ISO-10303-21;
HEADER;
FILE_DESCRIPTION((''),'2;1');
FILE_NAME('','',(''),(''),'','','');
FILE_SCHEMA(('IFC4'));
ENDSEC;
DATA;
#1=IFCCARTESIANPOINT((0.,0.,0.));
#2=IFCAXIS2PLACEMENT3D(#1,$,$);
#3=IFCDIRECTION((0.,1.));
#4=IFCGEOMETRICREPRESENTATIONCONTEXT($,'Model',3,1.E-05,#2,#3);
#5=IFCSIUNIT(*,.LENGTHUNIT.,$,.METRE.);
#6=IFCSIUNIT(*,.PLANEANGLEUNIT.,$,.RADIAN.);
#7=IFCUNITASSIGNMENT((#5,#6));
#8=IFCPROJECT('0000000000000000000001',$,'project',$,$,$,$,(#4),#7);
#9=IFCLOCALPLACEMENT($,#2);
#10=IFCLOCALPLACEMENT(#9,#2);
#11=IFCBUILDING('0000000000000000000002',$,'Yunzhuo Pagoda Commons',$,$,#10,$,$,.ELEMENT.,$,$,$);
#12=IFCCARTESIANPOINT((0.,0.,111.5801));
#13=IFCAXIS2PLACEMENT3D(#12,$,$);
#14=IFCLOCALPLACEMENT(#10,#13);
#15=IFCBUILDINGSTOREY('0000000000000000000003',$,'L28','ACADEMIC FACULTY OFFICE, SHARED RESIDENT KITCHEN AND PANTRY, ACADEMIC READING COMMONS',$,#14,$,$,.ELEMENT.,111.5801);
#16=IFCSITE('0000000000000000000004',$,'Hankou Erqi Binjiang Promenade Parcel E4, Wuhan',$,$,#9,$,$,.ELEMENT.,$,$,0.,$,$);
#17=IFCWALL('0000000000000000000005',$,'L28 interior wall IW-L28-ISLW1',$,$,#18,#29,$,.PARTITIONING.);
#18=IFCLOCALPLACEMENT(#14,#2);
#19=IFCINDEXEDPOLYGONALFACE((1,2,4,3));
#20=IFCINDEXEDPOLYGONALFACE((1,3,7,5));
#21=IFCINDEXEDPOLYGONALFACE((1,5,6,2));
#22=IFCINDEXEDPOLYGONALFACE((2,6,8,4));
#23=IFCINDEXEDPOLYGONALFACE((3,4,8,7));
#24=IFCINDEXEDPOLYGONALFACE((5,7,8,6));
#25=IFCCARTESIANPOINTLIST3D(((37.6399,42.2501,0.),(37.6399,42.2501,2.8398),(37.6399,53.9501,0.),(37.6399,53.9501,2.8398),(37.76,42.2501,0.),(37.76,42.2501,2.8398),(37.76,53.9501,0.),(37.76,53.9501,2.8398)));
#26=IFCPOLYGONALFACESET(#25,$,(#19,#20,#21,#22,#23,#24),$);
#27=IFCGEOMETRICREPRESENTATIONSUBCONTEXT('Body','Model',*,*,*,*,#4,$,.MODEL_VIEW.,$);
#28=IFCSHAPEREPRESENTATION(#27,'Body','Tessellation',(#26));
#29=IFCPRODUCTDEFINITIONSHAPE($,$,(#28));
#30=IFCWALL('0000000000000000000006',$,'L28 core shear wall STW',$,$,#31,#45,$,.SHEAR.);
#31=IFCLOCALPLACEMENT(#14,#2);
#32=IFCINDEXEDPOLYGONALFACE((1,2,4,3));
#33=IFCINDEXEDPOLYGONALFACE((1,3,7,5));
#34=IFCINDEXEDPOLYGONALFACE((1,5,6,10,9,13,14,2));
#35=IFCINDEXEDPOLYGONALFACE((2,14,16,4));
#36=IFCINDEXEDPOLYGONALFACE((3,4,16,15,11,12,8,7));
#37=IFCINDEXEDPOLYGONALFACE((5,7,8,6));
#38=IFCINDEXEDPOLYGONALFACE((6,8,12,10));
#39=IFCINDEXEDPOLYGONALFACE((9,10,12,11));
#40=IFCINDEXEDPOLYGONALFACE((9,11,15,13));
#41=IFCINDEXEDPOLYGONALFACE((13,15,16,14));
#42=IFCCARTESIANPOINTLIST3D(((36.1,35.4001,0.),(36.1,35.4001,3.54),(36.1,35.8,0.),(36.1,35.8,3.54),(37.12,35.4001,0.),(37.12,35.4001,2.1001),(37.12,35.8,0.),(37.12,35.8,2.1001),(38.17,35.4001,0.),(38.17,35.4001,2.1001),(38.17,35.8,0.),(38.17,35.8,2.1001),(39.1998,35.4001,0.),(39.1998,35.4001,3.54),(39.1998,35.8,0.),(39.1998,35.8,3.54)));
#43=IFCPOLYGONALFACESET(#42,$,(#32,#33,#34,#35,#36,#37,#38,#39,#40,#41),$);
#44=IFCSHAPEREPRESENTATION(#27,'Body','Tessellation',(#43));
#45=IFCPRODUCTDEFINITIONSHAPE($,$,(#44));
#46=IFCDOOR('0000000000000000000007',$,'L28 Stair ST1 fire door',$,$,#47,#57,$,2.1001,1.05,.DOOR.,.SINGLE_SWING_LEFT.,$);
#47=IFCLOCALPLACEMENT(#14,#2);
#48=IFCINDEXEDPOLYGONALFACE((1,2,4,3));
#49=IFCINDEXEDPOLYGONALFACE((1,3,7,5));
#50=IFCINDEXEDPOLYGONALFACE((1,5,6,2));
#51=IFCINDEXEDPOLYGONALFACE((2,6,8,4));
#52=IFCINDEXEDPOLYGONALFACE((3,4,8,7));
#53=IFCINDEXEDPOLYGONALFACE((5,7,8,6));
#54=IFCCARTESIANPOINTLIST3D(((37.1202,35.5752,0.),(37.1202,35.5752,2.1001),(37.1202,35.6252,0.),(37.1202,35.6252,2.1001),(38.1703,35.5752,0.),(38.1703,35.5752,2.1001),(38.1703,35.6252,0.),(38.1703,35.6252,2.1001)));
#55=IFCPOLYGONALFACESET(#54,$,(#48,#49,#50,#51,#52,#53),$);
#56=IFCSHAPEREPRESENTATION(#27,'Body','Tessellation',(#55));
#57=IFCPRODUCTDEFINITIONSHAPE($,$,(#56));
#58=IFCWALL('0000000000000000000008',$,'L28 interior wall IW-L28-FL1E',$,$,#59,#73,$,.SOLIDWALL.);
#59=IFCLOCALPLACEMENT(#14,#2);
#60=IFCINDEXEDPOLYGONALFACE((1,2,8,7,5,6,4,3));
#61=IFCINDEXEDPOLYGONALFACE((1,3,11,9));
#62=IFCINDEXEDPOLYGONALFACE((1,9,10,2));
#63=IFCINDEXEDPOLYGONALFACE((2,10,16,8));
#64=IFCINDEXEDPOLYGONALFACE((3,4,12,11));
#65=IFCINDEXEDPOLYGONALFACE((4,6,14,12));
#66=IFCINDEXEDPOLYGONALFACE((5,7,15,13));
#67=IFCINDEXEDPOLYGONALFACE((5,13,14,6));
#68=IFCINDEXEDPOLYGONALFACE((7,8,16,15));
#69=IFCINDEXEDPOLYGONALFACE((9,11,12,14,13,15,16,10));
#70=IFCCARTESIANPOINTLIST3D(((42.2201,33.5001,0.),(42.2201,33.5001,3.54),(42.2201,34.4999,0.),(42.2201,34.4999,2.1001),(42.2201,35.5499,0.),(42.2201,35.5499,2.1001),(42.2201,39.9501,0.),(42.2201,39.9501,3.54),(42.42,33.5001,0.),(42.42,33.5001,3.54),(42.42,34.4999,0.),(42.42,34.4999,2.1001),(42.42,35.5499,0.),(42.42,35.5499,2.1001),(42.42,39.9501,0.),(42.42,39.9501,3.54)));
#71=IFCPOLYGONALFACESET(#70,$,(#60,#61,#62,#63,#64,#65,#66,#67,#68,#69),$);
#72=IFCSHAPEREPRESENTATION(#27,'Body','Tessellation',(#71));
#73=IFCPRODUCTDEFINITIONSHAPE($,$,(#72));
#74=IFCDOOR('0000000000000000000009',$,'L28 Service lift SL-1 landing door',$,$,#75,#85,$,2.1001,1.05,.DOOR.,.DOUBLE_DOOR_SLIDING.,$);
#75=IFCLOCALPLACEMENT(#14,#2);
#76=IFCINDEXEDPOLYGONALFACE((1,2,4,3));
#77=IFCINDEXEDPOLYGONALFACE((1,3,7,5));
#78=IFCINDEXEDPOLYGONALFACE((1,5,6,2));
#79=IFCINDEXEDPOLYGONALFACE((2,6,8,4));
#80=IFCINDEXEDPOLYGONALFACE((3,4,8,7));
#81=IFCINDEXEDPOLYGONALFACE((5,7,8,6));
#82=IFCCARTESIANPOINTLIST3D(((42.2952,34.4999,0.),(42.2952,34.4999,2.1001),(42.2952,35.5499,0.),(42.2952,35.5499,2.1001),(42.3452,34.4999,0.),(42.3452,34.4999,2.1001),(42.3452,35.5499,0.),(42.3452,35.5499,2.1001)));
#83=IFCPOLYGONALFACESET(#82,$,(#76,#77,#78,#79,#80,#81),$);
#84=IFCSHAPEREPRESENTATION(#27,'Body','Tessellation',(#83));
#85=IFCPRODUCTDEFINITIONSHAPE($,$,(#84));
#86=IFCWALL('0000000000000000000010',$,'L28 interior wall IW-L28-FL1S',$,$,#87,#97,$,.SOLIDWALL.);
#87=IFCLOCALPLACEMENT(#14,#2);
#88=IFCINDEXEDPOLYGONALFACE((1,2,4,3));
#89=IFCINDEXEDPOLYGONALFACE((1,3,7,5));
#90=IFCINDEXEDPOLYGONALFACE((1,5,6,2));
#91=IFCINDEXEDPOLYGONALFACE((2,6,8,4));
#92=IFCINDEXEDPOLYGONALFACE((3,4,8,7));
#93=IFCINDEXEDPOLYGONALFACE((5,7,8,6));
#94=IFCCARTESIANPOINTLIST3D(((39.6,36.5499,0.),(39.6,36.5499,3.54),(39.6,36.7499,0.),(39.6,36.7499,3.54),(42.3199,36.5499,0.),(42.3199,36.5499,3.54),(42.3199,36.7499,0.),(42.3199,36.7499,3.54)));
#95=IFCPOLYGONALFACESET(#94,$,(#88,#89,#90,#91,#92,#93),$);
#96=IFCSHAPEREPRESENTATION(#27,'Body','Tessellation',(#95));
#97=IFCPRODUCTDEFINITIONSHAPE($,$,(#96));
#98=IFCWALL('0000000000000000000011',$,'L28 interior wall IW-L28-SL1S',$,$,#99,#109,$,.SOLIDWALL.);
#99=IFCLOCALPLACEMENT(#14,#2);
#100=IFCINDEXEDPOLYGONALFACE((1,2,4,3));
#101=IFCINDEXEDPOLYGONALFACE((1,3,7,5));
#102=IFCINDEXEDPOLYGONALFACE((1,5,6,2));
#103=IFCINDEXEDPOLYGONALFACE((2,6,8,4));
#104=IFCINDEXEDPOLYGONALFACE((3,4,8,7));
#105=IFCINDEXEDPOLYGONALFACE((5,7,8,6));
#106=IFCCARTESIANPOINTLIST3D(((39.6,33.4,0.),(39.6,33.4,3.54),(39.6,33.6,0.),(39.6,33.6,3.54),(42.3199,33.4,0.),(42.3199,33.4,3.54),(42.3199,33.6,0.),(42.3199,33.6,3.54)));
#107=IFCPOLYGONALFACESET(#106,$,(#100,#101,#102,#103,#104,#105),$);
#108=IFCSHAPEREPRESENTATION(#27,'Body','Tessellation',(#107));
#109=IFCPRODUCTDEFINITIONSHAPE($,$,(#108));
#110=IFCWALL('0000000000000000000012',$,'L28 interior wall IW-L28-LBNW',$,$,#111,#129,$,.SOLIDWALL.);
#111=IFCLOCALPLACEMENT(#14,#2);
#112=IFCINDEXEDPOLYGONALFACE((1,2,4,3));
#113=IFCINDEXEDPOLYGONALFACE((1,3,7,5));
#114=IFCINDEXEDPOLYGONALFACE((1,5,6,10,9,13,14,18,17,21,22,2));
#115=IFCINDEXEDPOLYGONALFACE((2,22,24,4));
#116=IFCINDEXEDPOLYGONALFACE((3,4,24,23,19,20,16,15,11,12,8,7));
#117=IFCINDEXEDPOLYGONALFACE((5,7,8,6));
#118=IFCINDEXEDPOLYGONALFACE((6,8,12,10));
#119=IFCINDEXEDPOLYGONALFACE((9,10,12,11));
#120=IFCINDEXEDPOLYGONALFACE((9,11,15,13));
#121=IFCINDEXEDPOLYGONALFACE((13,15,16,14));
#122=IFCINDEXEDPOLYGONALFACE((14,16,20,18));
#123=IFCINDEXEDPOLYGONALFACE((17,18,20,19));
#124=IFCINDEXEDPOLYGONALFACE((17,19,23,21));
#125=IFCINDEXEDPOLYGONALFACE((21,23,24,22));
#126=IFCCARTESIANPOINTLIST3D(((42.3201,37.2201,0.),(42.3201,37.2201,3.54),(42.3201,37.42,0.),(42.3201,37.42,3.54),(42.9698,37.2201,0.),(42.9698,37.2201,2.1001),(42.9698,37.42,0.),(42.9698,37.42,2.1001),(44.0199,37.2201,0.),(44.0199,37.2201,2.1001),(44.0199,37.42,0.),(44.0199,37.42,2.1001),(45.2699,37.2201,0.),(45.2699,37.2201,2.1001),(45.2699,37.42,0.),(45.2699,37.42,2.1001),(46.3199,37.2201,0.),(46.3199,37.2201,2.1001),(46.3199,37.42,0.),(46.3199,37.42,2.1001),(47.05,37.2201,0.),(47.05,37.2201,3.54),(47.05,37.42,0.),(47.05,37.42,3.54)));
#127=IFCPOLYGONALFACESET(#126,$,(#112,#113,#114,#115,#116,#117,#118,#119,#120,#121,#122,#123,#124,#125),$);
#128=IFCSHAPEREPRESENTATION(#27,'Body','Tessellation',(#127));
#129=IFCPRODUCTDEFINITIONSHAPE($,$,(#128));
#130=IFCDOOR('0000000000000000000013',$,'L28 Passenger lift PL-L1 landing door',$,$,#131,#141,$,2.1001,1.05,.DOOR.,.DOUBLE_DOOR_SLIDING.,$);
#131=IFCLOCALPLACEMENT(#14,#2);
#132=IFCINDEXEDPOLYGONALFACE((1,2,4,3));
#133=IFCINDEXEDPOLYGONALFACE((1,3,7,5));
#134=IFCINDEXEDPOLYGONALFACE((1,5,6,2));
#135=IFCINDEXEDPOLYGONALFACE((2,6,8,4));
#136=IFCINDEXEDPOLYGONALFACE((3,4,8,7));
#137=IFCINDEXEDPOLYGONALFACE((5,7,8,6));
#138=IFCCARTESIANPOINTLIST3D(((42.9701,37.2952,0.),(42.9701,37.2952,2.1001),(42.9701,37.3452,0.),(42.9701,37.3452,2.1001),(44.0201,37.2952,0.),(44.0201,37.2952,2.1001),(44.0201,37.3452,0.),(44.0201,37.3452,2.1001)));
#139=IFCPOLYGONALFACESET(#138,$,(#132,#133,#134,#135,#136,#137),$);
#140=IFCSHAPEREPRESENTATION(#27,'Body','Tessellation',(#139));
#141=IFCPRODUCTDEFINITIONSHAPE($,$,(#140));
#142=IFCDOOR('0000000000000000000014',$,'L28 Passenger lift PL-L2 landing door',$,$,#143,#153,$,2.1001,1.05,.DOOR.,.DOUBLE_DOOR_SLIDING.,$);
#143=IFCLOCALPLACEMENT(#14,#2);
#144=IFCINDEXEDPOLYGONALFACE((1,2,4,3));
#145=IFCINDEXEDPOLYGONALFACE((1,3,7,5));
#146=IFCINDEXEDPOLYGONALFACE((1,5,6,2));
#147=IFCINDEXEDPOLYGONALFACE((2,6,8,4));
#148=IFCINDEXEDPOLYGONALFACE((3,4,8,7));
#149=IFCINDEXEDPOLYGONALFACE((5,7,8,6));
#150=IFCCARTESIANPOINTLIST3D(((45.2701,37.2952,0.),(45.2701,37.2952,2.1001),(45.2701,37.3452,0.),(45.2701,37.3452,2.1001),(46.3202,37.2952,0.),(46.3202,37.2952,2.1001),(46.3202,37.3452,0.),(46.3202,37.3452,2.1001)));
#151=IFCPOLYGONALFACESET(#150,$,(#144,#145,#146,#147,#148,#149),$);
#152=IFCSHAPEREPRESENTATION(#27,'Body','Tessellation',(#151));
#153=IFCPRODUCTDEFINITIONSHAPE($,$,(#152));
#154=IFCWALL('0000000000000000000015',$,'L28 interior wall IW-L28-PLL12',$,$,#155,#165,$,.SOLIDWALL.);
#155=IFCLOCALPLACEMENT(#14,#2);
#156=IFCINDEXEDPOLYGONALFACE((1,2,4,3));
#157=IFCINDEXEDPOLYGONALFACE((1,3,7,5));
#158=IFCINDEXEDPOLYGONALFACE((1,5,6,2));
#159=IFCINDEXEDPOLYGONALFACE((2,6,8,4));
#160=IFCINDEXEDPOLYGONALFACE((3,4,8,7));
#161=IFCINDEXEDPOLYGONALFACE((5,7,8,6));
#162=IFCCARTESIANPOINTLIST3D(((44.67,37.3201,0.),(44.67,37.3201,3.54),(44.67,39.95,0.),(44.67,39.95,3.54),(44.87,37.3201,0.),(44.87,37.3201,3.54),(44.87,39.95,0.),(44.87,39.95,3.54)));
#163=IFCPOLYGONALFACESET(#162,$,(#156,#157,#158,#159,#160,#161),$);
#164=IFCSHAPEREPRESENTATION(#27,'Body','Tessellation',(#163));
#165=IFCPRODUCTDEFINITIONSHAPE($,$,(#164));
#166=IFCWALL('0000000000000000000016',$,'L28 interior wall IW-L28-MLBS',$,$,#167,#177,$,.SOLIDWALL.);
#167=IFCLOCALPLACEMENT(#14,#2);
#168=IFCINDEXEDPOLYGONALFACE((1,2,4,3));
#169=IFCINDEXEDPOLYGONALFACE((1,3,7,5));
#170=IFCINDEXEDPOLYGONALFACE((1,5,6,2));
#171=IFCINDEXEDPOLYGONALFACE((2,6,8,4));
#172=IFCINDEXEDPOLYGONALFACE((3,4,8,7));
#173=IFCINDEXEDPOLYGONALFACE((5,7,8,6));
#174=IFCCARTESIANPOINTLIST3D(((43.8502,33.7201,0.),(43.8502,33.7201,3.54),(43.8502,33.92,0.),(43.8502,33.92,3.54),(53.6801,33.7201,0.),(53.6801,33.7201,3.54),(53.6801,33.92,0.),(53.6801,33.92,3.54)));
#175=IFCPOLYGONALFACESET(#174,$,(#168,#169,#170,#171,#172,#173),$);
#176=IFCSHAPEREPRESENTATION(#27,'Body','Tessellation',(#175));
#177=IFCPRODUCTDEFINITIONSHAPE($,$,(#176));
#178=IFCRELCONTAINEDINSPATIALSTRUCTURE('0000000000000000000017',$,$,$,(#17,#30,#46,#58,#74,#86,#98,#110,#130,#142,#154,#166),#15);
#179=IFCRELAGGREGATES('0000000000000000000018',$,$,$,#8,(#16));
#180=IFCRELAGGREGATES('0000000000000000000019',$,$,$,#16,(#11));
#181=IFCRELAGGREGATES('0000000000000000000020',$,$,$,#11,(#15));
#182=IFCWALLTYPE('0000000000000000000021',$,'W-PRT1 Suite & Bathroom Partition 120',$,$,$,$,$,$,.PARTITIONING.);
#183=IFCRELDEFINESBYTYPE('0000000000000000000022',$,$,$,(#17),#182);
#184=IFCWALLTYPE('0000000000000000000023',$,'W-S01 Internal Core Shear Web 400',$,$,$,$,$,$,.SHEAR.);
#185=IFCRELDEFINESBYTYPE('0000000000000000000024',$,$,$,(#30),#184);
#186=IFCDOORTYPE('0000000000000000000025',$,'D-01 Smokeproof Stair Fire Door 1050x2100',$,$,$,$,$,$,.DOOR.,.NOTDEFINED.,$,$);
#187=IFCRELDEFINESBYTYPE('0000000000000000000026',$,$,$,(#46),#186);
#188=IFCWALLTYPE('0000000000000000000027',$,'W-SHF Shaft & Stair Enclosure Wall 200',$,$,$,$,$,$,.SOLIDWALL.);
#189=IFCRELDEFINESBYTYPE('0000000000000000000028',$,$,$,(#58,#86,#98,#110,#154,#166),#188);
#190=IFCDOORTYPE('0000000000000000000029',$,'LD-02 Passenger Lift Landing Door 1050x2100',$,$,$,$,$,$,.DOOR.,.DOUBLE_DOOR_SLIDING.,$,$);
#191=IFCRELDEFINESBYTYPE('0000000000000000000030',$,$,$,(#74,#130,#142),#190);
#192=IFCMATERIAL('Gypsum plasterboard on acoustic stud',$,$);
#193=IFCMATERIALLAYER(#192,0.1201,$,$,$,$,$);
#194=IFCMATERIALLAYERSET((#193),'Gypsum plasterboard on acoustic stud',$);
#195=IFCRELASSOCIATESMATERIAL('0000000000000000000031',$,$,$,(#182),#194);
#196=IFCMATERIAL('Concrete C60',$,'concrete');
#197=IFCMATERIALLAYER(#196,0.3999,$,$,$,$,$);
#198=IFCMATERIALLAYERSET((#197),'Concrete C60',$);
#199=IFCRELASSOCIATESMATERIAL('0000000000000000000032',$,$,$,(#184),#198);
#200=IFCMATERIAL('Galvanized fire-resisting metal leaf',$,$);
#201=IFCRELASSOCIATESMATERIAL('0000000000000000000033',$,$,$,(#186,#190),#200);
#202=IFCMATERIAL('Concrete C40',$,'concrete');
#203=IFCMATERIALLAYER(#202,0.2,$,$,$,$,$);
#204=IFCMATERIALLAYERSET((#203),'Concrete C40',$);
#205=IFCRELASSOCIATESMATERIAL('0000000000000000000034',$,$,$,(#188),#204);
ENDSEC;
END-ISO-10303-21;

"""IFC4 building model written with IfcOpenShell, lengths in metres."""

from ifc_helpers import new_model, si_unit, direction, frame, frame_2d, origin, origin_with_axes, place, context, subcontext, project, spatial, rectangle, extrude, source, transform, mapped, material, layer, layer_set, type_object, element, fill, save


model = new_model("IFC4")

# Units and contexts
model_context = context("Model", 3, precision=1e-05, world=origin(), true_north=direction((0.0, 1.0)))
body_context = subcontext(model_context, "Body", "Model", "MODEL_VIEW")
ifc_project = project(units=[si_unit("LENGTHUNIT", "METRE"), si_unit("PLANEANGLEUNIT", "RADIAN")], contexts=[model_context])

# Site, building, storey
site_placement = place(None, origin())
site = spatial("IfcSite", under=ifc_project, at=site_placement, Name="Hankou Erqi Binjiang Promenade Parcel E4, Wuhan", CompositionType="ELEMENT", RefElevation=0.0)
building_placement = place(site_placement, origin())
building = spatial("IfcBuilding", under=site, at=building_placement, Name="Yunzhuo Pagoda Commons", CompositionType="ELEMENT")
storey_placement = place(building_placement, frame((0.0, 0.0, 111.5801)))
storey = spatial("IfcBuildingStorey", under=building, at=storey_placement, Name="L28", Description="ACADEMIC FACULTY OFFICE, SHARED RESIDENT KITCHEN AND PANTRY, ACADEMIC READING COMMONS", CompositionType="ELEMENT", Elevation=111.5801)

# Shared definitions
ifc_material_1 = material(Name="Concrete C60", Category="concrete")
ifc_material_2 = material(Name="Galvanized fire-resisting metal leaf")
shared_shape_1 = source(origin(), body_context, "Body", "SweptSolid", [
    extrude(rectangle(XDim=1.05, YDim=2.1001, at=frame_2d((0.5249, 1.05))), frame((0.0, 0.0249, 0.0), z_axis=(0.0, -1.0, 0.0), x_axis=(1.0, 0.0, 0.0)), (0.0, 0.0, 1.0), 0.05),
])

# Wall
ifc_material_3 = material(Name="Gypsum plasterboard on acoustic stud")
ifc_layer_1 = layer(ifc_material_3, 0.1201)
ifc_layer_set_1 = layer_set([ifc_layer_1], Name="Gypsum plasterboard on acoustic stud")
wall_type_1 = type_object("IfcWallType", Name="W-PRT1 Suite & Bathroom Partition 120", PredefinedType="PARTITIONING", material=ifc_layer_set_1)
wall_1_placement = place(storey_placement, frame((37.7, 42.25, 0.0), z_axis=(0.0, 0.0, 1.0), x_axis=(0.0, 1.0, 0.0)))
element("IfcWall", 1, at=wall_1_placement, inside=storey, type_object=wall_type_1, Name="L28 interior wall IW-L28-ISLW1", PredefinedType="PARTITIONING", context=body_context, shape_type="SweptSolid", body=[
    extrude(rectangle(XDim=11.7, YDim=0.1201, at=frame_2d((5.8501, 0.0))), origin(), (0.0, 0.0, 1.0), 2.8398),
])

# Walls, openings, doors
ifc_layer_2 = layer(ifc_material_1, 0.3999)
ifc_layer_set_2 = layer_set([ifc_layer_2], Name="Concrete C60")
wall_type_2 = type_object("IfcWallType", Name="W-S01 Internal Core Shear Web 400", PredefinedType="SHEAR", material=ifc_layer_set_2)
wall_2_placement = place(storey_placement, frame((36.1001, 35.6001, 0.0), z_axis=(0.0, 0.0, 1.0), x_axis=(1.0, 0.0, 0.0)))
wall_2 = element("IfcWall", 2, at=wall_2_placement, inside=storey, type_object=wall_type_2, Name="L28 core shear wall STW", PredefinedType="SHEAR", context=body_context, shape_type="SweptSolid", body=[
    extrude(rectangle(XDim=3.0999, YDim=0.3999, at=frame_2d((1.5498, 0.0))), origin(), (0.0, 0.0, 1.0), 3.54),
])
opening_1_placement = place(wall_2_placement, frame((1.02, 0.0, 0.0)))
opening_1 = element("IfcOpeningElement", 3, at=opening_1_placement, cuts=wall_2, PredefinedType="OPENING", context=body_context, shape_type="SweptSolid", body=[
    extrude(rectangle(XDim=1.05, YDim=2.1001, at=frame_2d((0.5249, 1.05))), frame((0.0, 0.21, 0.0), z_axis=(0.0, -1.0, 0.0), x_axis=(1.0, 0.0, 0.0)), (0.0, 0.0, 1.0), 0.4199),
])
door_type_1 = type_object("IfcDoorType", Name="D-01 Smokeproof Stair Fire Door 1050x2100", OperationType="NOTDEFINED", PredefinedType="DOOR", material=ifc_material_2)
door_1_placement = place(opening_1_placement, frame((1.05, 0.0, 0.0), z_axis=(0.0, 0.0, 1.0), x_axis=(-1.0, 0.0, 0.0)))
door_1 = element("IfcDoor", 4, at=door_1_placement, inside=storey, type_object=door_type_1, Name="L28 Stair ST1 fire door", OperationType="SINGLE_SWING_LEFT", OverallHeight=2.1001, OverallWidth=1.05, PredefinedType="DOOR", context=body_context, shape_type="MappedRepresentation", body=[
    mapped(shared_shape_1, transform((0.0, 0.0, 0.0), scale=1.0)),
])
fill(opening_1, door_1)
ifc_material_4 = material(Name="Concrete C40", Category="concrete")
ifc_layer_3 = layer(ifc_material_4, 0.2)
ifc_layer_set_3 = layer_set([ifc_layer_3], Name="Concrete C40")
wall_type_3 = type_object("IfcWallType", Name="W-SHF Shaft & Stair Enclosure Wall 200", PredefinedType="SOLIDWALL", material=ifc_layer_set_3)
wall_3_placement = place(storey_placement, frame((42.3201, 33.5, 0.0), z_axis=(0.0, 0.0, 1.0), x_axis=(0.0, 1.0, 0.0)))
wall_3 = element("IfcWall", 5, at=wall_3_placement, inside=storey, type_object=wall_type_3, Name="L28 interior wall IW-L28-FL1E", PredefinedType="SOLIDWALL", context=body_context, shape_type="SweptSolid", body=[
    extrude(rectangle(XDim=6.45, YDim=0.2, at=frame_2d((3.2251, 0.0))), origin(), (0.0, 0.0, 1.0), 3.54),
])
opening_2_placement = place(wall_3_placement, frame((1.0, 0.0, 0.0)))
opening_2 = element("IfcOpeningElement", 6, at=opening_2_placement, cuts=wall_3, PredefinedType="OPENING", context=body_context, shape_type="SweptSolid", body=[
    extrude(rectangle(XDim=1.05, YDim=2.1001, at=frame_2d((0.5249, 1.05))), frame((0.0, 0.1099, 0.0), z_axis=(0.0, -1.0, 0.0), x_axis=(1.0, 0.0, 0.0)), (0.0, 0.0, 1.0), 0.22),
])
door_type_2 = type_object("IfcDoorType", Name="LD-02 Passenger Lift Landing Door 1050x2100", OperationType="DOUBLE_DOOR_SLIDING", PredefinedType="DOOR", material=ifc_material_2)
door_2_placement = place(opening_2_placement, origin_with_axes())
door_2 = element("IfcDoor", 7, at=door_2_placement, inside=storey, type_object=door_type_2, Name="L28 Service lift SL-1 landing door", OperationType="DOUBLE_DOOR_SLIDING", OverallHeight=2.1001, OverallWidth=1.05, PredefinedType="DOOR", context=body_context, shape_type="MappedRepresentation", body=[
    mapped(shared_shape_1, transform((0.0, 0.0, 0.0), scale=1.0)),
])
fill(opening_2, door_2)

# Walls
for number, where, z_axis, x_axis, name in (
    (8, (39.6001, 36.6499, 0.0), (0.0, 0.0, 1.0), (1.0, 0.0, 0.0), "L28 interior wall IW-L28-FL1S"),
    (9, (39.6001, 33.5, 0.0), (0.0, 0.0, 1.0), (1.0, 0.0, 0.0), "L28 interior wall IW-L28-SL1S"),
):
    element("IfcWall", number, at=place(storey_placement, frame(where, z_axis=z_axis, x_axis=x_axis)), inside=storey, type_object=wall_type_3, Name=name, PredefinedType="SOLIDWALL", context=body_context, shape_type="SweptSolid", body=[
        extrude(rectangle(XDim=2.72, YDim=0.2, at=frame_2d((1.3599, 0.0))), origin(), (0.0, 0.0, 1.0), 3.54),
    ])

# Wall, openings, doors
wall_4_placement = place(storey_placement, frame((42.3201, 37.3201, 0.0), z_axis=(0.0, 0.0, 1.0), x_axis=(1.0, 0.0, 0.0)))
wall_4 = element("IfcWall", 10, at=wall_4_placement, inside=storey, type_object=wall_type_3, Name="L28 interior wall IW-L28-LBNW", PredefinedType="SOLIDWALL", context=body_context, shape_type="SweptSolid", body=[
    extrude(rectangle(XDim=4.73, YDim=0.2, at=frame_2d((2.365, 0.0))), origin(), (0.0, 0.0, 1.0), 3.54),
])
opening_3_placement = place(wall_4_placement, frame((0.6499, 0.0, 0.0)))
opening_3 = element("IfcOpeningElement", 11, at=opening_3_placement, cuts=wall_4, PredefinedType="OPENING", context=body_context, shape_type="SweptSolid", body=[
    extrude(rectangle(XDim=1.05, YDim=2.1001, at=frame_2d((0.5249, 1.05))), frame((0.0, 0.1099, 0.0), z_axis=(0.0, -1.0, 0.0), x_axis=(1.0, 0.0, 0.0)), (0.0, 0.0, 1.0), 0.22),
])
opening_4_placement = place(wall_4_placement, frame((2.95, 0.0, 0.0)))
opening_4 = element("IfcOpeningElement", 12, at=opening_4_placement, cuts=wall_4, PredefinedType="OPENING", context=body_context, shape_type="SweptSolid", body=[
    extrude(rectangle(XDim=1.05, YDim=2.1001, at=frame_2d((0.5249, 1.05))), frame((0.0, 0.1099, 0.0), z_axis=(0.0, -1.0, 0.0), x_axis=(1.0, 0.0, 0.0)), (0.0, 0.0, 1.0), 0.22),
])
door_3_placement = place(opening_3_placement, frame((1.05, 0.0, 0.0), z_axis=(0.0, 0.0, 1.0), x_axis=(-1.0, 0.0, 0.0)))
door_3 = element("IfcDoor", 13, at=door_3_placement, inside=storey, type_object=door_type_2, Name="L28 Passenger lift PL-L1 landing door", OperationType="DOUBLE_DOOR_SLIDING", OverallHeight=2.1001, OverallWidth=1.05, PredefinedType="DOOR", context=body_context, shape_type="MappedRepresentation", body=[
    mapped(shared_shape_1, transform((0.0, 0.0, 0.0), scale=1.0)),
])
fill(opening_3, door_3)
door_4_placement = place(opening_4_placement, frame((1.05, 0.0, 0.0), z_axis=(0.0, 0.0, 1.0), x_axis=(-1.0, 0.0, 0.0)))
door_4 = element("IfcDoor", 14, at=door_4_placement, inside=storey, type_object=door_type_2, Name="L28 Passenger lift PL-L2 landing door", OperationType="DOUBLE_DOOR_SLIDING", OverallHeight=2.1001, OverallWidth=1.05, PredefinedType="DOOR", context=body_context, shape_type="MappedRepresentation", body=[
    mapped(shared_shape_1, transform((0.0, 0.0, 0.0), scale=1.0)),
])
fill(opening_4, door_4)

# Walls
wall_5_placement = place(storey_placement, frame((44.77, 37.3201, 0.0), z_axis=(0.0, 0.0, 1.0), x_axis=(0.0, 1.0, 0.0)))
element("IfcWall", 15, at=wall_5_placement, inside=storey, type_object=wall_type_3, Name="L28 interior wall IW-L28-PLL12", PredefinedType="SOLIDWALL", context=body_context, shape_type="SweptSolid", body=[
    extrude(rectangle(XDim=2.6299, YDim=0.2, at=frame_2d((1.3149, 0.0))), origin(), (0.0, 0.0, 1.0), 3.54),
])
wall_6_placement = place(storey_placement, frame((43.8501, 33.8201, 0.0), z_axis=(0.0, 0.0, 1.0), x_axis=(1.0, 0.0, 0.0)))
element("IfcWall", 16, at=wall_6_placement, inside=storey, type_object=wall_type_3, Name="L28 interior wall IW-L28-MLBS", PredefinedType="SOLIDWALL", context=body_context, shape_type="SweptSolid", body=[
    extrude(rectangle(XDim=9.8298, YDim=0.2, at=frame_2d((4.915, 0.0))), origin(), (0.0, 0.0, 1.0), 3.54),
])

save(model, "model.ifc")
